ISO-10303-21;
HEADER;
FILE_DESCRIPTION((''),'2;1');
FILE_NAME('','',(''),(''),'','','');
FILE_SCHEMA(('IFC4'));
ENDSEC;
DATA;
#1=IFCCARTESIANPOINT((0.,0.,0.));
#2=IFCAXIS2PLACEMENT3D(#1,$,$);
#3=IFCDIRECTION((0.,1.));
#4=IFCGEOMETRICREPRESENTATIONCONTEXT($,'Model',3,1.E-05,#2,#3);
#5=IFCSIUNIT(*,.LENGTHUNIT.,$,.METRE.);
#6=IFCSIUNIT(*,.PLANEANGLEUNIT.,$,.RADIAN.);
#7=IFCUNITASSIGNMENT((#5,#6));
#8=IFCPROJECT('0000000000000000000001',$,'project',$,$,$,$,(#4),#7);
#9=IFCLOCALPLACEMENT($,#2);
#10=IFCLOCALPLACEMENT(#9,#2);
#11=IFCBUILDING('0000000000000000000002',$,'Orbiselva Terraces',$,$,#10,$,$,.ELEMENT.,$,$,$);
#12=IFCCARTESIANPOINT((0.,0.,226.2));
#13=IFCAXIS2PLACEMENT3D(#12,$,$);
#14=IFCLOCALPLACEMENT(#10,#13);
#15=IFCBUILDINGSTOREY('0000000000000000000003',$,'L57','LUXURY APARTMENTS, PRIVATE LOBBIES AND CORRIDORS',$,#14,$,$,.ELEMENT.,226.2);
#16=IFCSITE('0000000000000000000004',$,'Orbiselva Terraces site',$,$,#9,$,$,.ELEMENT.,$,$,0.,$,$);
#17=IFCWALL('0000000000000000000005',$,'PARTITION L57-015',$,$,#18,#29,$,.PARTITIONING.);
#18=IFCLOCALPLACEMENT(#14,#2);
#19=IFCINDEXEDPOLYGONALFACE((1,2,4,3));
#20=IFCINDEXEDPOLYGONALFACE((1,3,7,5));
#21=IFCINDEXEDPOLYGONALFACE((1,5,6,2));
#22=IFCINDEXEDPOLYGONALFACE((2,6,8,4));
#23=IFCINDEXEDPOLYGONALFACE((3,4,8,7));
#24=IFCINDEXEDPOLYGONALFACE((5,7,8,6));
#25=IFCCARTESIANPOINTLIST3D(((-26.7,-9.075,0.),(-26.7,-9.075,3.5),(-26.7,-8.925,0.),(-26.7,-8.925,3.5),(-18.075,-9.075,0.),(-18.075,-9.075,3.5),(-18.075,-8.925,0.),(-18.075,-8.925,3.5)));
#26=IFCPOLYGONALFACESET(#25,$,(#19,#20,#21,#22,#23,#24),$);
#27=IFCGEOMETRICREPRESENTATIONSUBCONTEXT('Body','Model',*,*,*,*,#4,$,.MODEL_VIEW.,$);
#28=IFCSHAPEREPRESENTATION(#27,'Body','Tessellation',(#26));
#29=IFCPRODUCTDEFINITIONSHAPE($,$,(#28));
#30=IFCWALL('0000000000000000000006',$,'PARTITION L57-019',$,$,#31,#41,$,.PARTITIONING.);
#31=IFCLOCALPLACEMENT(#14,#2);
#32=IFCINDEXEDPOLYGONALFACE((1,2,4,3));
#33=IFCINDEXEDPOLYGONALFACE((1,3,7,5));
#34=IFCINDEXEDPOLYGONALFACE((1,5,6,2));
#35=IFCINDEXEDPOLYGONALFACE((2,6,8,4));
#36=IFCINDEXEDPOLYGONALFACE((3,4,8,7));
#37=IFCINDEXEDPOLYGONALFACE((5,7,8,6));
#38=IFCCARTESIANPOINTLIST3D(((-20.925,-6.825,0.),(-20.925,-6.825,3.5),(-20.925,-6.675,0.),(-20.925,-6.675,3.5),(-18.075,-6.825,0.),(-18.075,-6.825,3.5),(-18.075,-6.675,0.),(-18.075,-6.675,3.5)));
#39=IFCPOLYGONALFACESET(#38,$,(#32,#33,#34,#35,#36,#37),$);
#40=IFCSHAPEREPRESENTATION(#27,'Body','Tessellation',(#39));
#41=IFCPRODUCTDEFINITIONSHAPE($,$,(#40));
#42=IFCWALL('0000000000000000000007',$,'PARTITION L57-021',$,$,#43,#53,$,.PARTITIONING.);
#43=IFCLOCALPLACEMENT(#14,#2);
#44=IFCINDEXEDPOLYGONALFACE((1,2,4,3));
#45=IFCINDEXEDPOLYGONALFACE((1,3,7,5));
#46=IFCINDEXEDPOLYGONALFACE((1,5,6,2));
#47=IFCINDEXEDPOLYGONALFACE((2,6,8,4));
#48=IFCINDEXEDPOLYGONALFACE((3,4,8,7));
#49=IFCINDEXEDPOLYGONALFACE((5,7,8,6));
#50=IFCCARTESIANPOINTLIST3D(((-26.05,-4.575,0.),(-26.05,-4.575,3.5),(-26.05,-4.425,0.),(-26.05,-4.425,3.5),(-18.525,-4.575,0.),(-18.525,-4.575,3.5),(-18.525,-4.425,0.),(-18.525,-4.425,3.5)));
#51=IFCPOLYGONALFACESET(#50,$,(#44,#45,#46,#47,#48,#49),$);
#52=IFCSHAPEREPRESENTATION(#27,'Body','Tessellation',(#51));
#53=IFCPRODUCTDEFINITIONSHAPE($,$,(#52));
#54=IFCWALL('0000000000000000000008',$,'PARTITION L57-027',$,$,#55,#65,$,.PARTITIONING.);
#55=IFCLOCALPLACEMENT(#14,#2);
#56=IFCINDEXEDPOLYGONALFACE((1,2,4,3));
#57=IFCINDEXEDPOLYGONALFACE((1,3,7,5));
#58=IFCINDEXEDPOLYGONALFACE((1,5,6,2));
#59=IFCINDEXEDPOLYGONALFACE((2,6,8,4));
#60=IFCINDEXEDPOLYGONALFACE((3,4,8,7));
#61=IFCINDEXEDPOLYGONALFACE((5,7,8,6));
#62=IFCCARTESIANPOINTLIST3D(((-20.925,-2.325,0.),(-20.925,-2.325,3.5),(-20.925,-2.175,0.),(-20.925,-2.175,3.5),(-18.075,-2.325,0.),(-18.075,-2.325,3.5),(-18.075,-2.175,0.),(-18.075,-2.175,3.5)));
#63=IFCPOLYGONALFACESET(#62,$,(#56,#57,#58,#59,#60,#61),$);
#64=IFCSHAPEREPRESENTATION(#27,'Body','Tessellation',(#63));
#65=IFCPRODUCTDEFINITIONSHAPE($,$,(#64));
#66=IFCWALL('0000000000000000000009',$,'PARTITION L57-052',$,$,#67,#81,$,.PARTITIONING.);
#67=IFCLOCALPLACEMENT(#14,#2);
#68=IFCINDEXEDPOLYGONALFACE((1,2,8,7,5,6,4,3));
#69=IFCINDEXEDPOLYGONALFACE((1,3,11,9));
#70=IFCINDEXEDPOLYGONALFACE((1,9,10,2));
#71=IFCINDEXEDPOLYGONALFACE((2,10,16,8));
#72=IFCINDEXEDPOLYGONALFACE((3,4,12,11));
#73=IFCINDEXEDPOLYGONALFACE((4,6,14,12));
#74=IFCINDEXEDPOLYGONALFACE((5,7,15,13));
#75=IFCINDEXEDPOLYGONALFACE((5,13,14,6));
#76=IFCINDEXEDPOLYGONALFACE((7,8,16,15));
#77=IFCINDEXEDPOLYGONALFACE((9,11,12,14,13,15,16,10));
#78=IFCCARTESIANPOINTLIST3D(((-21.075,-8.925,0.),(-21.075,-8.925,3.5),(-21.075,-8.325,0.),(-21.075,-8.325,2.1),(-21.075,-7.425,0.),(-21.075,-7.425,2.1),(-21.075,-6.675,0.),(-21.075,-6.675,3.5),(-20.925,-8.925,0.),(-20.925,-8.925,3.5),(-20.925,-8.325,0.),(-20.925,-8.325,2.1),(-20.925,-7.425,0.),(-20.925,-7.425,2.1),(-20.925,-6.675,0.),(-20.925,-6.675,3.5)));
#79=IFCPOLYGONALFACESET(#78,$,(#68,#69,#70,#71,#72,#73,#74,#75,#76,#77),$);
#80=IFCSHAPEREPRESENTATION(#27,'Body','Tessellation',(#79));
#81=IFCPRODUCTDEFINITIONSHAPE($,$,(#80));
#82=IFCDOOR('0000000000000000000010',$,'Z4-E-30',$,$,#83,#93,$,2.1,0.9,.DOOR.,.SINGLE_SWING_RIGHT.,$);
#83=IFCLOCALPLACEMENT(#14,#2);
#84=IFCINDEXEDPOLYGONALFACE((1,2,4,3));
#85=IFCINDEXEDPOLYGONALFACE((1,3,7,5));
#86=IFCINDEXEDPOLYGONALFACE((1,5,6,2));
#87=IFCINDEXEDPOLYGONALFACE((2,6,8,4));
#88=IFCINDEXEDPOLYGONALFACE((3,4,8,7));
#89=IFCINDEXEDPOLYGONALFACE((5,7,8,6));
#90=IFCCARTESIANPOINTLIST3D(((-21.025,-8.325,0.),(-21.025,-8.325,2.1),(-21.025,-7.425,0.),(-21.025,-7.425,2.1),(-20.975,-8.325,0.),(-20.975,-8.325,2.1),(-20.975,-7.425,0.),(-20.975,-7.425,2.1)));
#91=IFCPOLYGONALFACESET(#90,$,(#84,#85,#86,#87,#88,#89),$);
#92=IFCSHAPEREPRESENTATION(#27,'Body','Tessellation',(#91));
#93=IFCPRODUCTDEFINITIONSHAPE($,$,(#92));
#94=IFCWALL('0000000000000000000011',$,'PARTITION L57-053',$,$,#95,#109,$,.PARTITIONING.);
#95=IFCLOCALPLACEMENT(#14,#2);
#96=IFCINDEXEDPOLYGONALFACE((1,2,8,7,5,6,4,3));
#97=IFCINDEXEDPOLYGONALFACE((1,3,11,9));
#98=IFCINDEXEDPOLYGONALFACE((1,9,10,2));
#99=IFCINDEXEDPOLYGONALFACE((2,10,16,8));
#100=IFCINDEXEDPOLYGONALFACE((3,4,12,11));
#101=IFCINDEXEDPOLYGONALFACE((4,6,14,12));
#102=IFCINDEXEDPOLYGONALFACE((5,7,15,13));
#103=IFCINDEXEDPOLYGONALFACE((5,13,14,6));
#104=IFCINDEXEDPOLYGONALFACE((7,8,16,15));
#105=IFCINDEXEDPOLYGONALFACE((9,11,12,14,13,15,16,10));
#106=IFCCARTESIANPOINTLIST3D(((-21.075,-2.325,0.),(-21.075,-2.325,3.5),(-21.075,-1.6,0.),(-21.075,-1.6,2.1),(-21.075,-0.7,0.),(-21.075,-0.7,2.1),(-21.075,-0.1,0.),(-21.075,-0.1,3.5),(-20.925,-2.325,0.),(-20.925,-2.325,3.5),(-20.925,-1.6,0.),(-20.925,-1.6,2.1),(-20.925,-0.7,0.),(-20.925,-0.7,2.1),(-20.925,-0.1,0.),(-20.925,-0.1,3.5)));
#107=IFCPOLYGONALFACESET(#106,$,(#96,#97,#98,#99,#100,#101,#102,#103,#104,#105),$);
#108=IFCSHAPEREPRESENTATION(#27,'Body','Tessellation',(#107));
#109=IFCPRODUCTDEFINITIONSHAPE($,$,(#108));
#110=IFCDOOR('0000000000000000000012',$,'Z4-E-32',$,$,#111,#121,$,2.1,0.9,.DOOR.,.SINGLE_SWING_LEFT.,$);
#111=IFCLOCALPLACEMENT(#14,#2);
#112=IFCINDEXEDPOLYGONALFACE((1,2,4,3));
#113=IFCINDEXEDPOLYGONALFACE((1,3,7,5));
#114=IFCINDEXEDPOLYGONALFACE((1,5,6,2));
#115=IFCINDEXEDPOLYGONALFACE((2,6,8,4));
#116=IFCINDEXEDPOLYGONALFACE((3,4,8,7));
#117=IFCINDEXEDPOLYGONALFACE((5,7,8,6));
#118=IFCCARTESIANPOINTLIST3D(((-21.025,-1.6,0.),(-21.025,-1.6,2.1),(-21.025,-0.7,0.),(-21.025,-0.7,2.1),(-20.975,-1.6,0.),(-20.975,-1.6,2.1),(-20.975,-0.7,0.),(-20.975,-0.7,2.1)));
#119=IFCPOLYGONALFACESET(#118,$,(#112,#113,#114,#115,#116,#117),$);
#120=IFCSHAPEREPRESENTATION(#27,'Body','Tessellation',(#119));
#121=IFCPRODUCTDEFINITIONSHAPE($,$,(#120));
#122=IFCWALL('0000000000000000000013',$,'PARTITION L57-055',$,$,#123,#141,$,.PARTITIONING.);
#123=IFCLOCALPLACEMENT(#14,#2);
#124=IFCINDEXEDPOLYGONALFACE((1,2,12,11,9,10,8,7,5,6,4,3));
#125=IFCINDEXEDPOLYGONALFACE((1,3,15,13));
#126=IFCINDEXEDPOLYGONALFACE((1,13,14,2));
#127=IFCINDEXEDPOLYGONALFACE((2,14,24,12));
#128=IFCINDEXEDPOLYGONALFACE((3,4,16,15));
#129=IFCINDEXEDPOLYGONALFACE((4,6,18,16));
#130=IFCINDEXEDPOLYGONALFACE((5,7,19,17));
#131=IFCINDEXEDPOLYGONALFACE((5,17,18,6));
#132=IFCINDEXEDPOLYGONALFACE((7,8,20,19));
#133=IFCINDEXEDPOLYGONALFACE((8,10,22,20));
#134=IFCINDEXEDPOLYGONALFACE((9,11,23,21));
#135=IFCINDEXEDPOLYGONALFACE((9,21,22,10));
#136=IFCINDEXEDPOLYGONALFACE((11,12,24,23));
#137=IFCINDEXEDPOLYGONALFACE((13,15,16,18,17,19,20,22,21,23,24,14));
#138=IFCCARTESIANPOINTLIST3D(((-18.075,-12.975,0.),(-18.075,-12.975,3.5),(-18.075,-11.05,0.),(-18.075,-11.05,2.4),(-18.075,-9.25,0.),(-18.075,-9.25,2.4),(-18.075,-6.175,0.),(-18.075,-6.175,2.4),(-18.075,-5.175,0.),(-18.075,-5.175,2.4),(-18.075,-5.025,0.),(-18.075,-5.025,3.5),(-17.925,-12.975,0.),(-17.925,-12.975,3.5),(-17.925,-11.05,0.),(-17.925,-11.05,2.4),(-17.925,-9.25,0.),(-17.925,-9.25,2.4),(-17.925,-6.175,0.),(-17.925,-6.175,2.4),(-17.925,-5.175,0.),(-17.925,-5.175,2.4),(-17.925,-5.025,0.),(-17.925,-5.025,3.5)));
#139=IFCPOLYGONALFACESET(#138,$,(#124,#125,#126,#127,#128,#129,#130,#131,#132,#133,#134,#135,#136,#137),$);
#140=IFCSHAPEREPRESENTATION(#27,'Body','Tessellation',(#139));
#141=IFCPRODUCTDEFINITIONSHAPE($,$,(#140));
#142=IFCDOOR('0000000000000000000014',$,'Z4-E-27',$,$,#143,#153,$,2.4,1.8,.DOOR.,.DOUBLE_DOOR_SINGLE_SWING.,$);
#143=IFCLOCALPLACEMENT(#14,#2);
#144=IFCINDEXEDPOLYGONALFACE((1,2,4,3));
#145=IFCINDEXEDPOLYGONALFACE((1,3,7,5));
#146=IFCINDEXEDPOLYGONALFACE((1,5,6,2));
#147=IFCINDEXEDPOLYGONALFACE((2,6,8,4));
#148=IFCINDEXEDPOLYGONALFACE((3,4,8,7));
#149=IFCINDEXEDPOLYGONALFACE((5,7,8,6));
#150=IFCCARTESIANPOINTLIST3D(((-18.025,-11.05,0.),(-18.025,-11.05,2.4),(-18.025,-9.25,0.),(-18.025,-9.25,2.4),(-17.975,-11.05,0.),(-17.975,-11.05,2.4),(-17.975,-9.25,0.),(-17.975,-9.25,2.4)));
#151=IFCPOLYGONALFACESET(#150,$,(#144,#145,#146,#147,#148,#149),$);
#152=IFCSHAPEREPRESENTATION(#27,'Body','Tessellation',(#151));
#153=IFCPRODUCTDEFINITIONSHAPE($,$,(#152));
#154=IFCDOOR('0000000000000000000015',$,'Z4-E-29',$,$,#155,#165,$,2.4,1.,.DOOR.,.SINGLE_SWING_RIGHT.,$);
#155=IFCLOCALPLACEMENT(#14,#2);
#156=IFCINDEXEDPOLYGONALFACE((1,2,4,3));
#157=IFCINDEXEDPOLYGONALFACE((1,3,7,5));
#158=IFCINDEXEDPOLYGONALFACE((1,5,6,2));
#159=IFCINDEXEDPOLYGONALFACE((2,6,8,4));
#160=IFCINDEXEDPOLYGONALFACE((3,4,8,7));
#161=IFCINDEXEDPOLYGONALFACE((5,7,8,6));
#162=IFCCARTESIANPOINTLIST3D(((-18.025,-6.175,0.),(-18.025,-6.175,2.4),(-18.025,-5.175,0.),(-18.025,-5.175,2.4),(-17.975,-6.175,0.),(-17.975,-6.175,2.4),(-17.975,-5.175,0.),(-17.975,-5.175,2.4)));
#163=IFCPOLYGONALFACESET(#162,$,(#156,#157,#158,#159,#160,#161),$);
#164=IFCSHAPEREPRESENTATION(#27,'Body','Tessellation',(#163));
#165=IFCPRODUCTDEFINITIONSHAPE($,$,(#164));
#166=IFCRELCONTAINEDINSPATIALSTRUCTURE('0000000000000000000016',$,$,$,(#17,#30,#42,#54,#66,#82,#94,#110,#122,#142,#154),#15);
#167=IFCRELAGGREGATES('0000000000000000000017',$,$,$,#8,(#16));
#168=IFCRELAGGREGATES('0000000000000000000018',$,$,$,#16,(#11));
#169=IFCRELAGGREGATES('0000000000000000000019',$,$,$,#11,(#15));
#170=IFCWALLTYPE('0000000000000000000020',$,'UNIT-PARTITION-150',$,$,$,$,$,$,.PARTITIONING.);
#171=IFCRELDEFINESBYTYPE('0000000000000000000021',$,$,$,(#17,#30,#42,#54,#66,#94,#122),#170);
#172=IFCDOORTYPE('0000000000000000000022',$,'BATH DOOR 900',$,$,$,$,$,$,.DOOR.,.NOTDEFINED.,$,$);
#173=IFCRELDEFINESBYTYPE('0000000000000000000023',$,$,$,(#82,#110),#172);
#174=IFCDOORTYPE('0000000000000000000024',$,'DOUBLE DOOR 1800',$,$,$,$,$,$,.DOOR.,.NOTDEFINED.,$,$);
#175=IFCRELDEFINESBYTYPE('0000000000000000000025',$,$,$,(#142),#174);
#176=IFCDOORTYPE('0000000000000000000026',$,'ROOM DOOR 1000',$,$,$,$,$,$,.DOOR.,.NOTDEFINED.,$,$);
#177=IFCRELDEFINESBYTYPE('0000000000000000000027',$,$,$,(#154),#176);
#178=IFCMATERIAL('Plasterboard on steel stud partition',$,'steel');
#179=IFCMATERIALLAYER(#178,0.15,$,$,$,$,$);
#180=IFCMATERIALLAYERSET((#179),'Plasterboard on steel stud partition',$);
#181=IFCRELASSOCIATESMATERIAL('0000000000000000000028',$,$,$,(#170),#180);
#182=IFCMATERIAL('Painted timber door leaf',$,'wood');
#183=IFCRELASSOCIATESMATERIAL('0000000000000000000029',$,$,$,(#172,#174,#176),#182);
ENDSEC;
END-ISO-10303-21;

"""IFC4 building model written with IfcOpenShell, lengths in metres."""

from ifc_helpers import new_model, si_unit, direction, frame, frame_2d, origin, place, context, subcontext, project, spatial, rectangle, extrude, material, layer, layer_set, type_object, element, fill, save


model = new_model("IFC4")

# Units and contexts
model_context = context("Model", 3, precision=1e-05, world=origin(), true_north=direction((0.0, 1.0)))
body_context = subcontext(model_context, "Body", "Model", "MODEL_VIEW")
ifc_project = project(units=[si_unit("LENGTHUNIT", "METRE"), si_unit("PLANEANGLEUNIT", "RADIAN")], contexts=[model_context])

# Site, building, storey
site_placement = place(None, origin())
site = spatial("IfcSite", under=ifc_project, at=site_placement, Name="Orbiselva Terraces site", CompositionType="ELEMENT", RefElevation=0.0)
building_placement = place(site_placement, origin())
building = spatial("IfcBuilding", under=site, at=building_placement, Name="Orbiselva Terraces", CompositionType="ELEMENT")
storey_placement = place(building_placement, frame((0.0, 0.0, 226.2)))
storey = spatial("IfcBuildingStorey", under=building, at=storey_placement, Name="L57", Description="LUXURY APARTMENTS, PRIVATE LOBBIES AND CORRIDORS", CompositionType="ELEMENT", Elevation=226.2)

# Walls
ifc_material_1 = material(Name="Plasterboard on steel stud partition", Category="steel")
ifc_layer_1 = layer(ifc_material_1, 0.15)
ifc_layer_set_1 = layer_set([ifc_layer_1], Name="Plasterboard on steel stud partition")
wall_type_1 = type_object("IfcWallType", Name="UNIT-PARTITION-150", PredefinedType="PARTITIONING", material=ifc_layer_set_1)
wall_1_placement = place(storey_placement, frame((-26.7, -9.0, 0.0), z_axis=(0.0, 0.0, 1.0), x_axis=(1.0, 0.0, 0.0)))
element("IfcWall", 1, at=wall_1_placement, inside=storey, type_object=wall_type_1, Name="PARTITION L57-015", PredefinedType="PARTITIONING", context=body_context, shape_type="SweptSolid", body=[
    extrude(rectangle(XDim=8.625, YDim=0.15, at=frame_2d((4.3125, 0.0))), origin(), (0.0, 0.0, 1.0), 3.5),
])
wall_2_placement = place(storey_placement, frame((-20.925, -6.75, 0.0), z_axis=(0.0, 0.0, 1.0), x_axis=(1.0, 0.0, 0.0)))
element("IfcWall", 2, at=wall_2_placement, inside=storey, type_object=wall_type_1, Name="PARTITION L57-019", PredefinedType="PARTITIONING", context=body_context, shape_type="SweptSolid", body=[
    extrude(rectangle(XDim=2.85, YDim=0.15, at=frame_2d((1.425, 0.0))), origin(), (0.0, 0.0, 1.0), 3.5),
])
wall_3_placement = place(storey_placement, frame((-26.05, -4.5, 0.0), z_axis=(0.0, 0.0, 1.0), x_axis=(1.0, 0.0, 0.0)))
element("IfcWall", 3, at=wall_3_placement, inside=storey, type_object=wall_type_1, Name="PARTITION L57-021", PredefinedType="PARTITIONING", context=body_context, shape_type="SweptSolid", body=[
    extrude(rectangle(XDim=7.525, YDim=0.15, at=frame_2d((3.7625, 0.0))), origin(), (0.0, 0.0, 1.0), 3.5),
])
wall_4_placement = place(storey_placement, frame((-20.925, -2.25, 0.0), z_axis=(0.0, 0.0, 1.0), x_axis=(1.0, 0.0, 0.0)))
element("IfcWall", 4, at=wall_4_placement, inside=storey, type_object=wall_type_1, Name="PARTITION L57-027", PredefinedType="PARTITIONING", context=body_context, shape_type="SweptSolid", body=[
    extrude(rectangle(XDim=2.85, YDim=0.15, at=frame_2d((1.425, 0.0))), origin(), (0.0, 0.0, 1.0), 3.5),
])

# Walls, openings, doors
wall_5_placement = place(storey_placement, frame((-21.0, -6.675, 0.0), z_axis=(0.0, 0.0, 1.0), x_axis=(0.0, -1.0, 0.0)))
wall_5 = element("IfcWall", 5, at=wall_5_placement, inside=storey, type_object=wall_type_1, Name="PARTITION L57-052", PredefinedType="PARTITIONING", context=body_context, shape_type="SweptSolid", body=[
    extrude(rectangle(XDim=2.25, YDim=0.15, at=frame_2d((1.125, 0.0))), origin(), (0.0, 0.0, 1.0), 3.5),
])
opening_1_placement = place(wall_5_placement, frame((0.75, 0.0, 0.0)))
opening_1 = element("IfcOpeningElement", 6, at=opening_1_placement, cuts=wall_5, PredefinedType="OPENING", context=body_context, shape_type="SweptSolid", body=[
    extrude(rectangle(XDim=0.9, YDim=2.1, at=frame_2d((0.45, 1.05))), frame((0.0, 0.085, 0.0), z_axis=(0.0, -1.0, 0.0), x_axis=(1.0, 0.0, 0.0)), (0.0, 0.0, 1.0), 0.17),
])
ifc_material_2 = material(Name="Painted timber door leaf", Category="wood")
door_type_1 = type_object("IfcDoorType", Name="BATH DOOR 900", OperationType="NOTDEFINED", PredefinedType="DOOR", material=ifc_material_2)
door_1_placement = place(opening_1_placement, origin())
door_1 = element("IfcDoor", 7, at=door_1_placement, inside=storey, type_object=door_type_1, Name="Z4-E-30", OperationType="SINGLE_SWING_RIGHT", OverallHeight=2.1, OverallWidth=0.9, PredefinedType="DOOR", context=body_context, shape_type="SweptSolid", body=[
    extrude(rectangle(XDim=0.9, YDim=2.1, at=frame_2d((0.45, 1.05))), frame((0.0, 0.025, 0.0), z_axis=(0.0, -1.0, 0.0), x_axis=(1.0, 0.0, 0.0)), (0.0, 0.0, 1.0), 0.05),
])
fill(opening_1, door_1)
wall_6_placement = place(storey_placement, frame((-21.0, -0.1, 0.0), z_axis=(0.0, 0.0, 1.0), x_axis=(0.0, -1.0, 0.0)))
wall_6 = element("IfcWall", 8, at=wall_6_placement, inside=storey, type_object=wall_type_1, Name="PARTITION L57-053", PredefinedType="PARTITIONING", context=body_context, shape_type="SweptSolid", body=[
    extrude(rectangle(XDim=2.225, YDim=0.15, at=frame_2d((1.1125, 0.0))), origin(), (0.0, 0.0, 1.0), 3.5),
])
opening_2_placement = place(wall_6_placement, frame((0.6, 0.0, 0.0)))
opening_2 = element("IfcOpeningElement", 9, at=opening_2_placement, cuts=wall_6, PredefinedType="OPENING", context=body_context, shape_type="SweptSolid", body=[
    extrude(rectangle(XDim=0.9, YDim=2.1, at=frame_2d((0.45, 1.05))), frame((0.0, 0.085, 0.0), z_axis=(0.0, -1.0, 0.0), x_axis=(1.0, 0.0, 0.0)), (0.0, 0.0, 1.0), 0.17),
])
door_2_placement = place(opening_2_placement, origin())
door_2 = element("IfcDoor", 10, at=door_2_placement, inside=storey, type_object=door_type_1, Name="Z4-E-32", OperationType="SINGLE_SWING_LEFT", OverallHeight=2.1, OverallWidth=0.9, PredefinedType="DOOR", context=body_context, shape_type="SweptSolid", body=[
    extrude(rectangle(XDim=0.9, YDim=2.1, at=frame_2d((0.45, 1.05))), frame((0.0, 0.025, 0.0), z_axis=(0.0, -1.0, 0.0), x_axis=(1.0, 0.0, 0.0)), (0.0, 0.0, 1.0), 0.05),
])
fill(opening_2, door_2)

# Wall, openings, doors
wall_7_placement = place(storey_placement, frame((-18.0, -12.975, 0.0), z_axis=(0.0, 0.0, 1.0), x_axis=(0.0, 1.0, 0.0)))
wall_7 = element("IfcWall", 11, at=wall_7_placement, inside=storey, type_object=wall_type_1, Name="PARTITION L57-055", PredefinedType="PARTITIONING", context=body_context, shape_type="SweptSolid", body=[
    extrude(rectangle(XDim=7.95, YDim=0.15, at=frame_2d((3.975, 0.0))), origin(), (0.0, 0.0, 1.0), 3.5),
])
opening_3_placement = place(wall_7_placement, frame((1.925, 0.0, 0.0)))
opening_3 = element("IfcOpeningElement", 12, at=opening_3_placement, cuts=wall_7, PredefinedType="OPENING", context=body_context, shape_type="SweptSolid", body=[
    extrude(rectangle(XDim=1.8, YDim=2.4, at=frame_2d((0.9, 1.2))), frame((0.0, 0.085, 0.0), z_axis=(0.0, -1.0, 0.0), x_axis=(1.0, 0.0, 0.0)), (0.0, 0.0, 1.0), 0.17),
])
opening_4_placement = place(wall_7_placement, frame((6.8, 0.0, 0.0)))
opening_4 = element("IfcOpeningElement", 13, at=opening_4_placement, cuts=wall_7, PredefinedType="OPENING", context=body_context, shape_type="SweptSolid", body=[
    extrude(rectangle(XDim=1.0, YDim=2.4, at=frame_2d((0.5, 1.2))), frame((0.0, 0.085, 0.0), z_axis=(0.0, -1.0, 0.0), x_axis=(1.0, 0.0, 0.0)), (0.0, 0.0, 1.0), 0.17),
])
door_type_2 = type_object("IfcDoorType", Name="DOUBLE DOOR 1800", OperationType="NOTDEFINED", PredefinedType="DOOR", material=ifc_material_2)
door_3_placement = place(opening_3_placement, origin())
door_3 = element("IfcDoor", 14, at=door_3_placement, inside=storey, type_object=door_type_2, Name="Z4-E-27", OperationType="DOUBLE_DOOR_SINGLE_SWING", OverallHeight=2.4, OverallWidth=1.8, PredefinedType="DOOR", context=body_context, shape_type="SweptSolid", body=[
    extrude(rectangle(XDim=1.8, YDim=2.4, at=frame_2d((0.9, 1.2))), frame((0.0, 0.025, 0.0), z_axis=(0.0, -1.0, 0.0), x_axis=(1.0, 0.0, 0.0)), (0.0, 0.0, 1.0), 0.05),
])
fill(opening_3, door_3)
door_type_3 = type_object("IfcDoorType", Name="ROOM DOOR 1000", OperationType="NOTDEFINED", PredefinedType="DOOR", material=ifc_material_2)
door_4_placement = place(opening_4_placement, origin())
door_4 = element("IfcDoor", 15, at=door_4_placement, inside=storey, type_object=door_type_3, Name="Z4-E-29", OperationType="SINGLE_SWING_RIGHT", OverallHeight=2.4, OverallWidth=1.0, PredefinedType="DOOR", context=body_context, shape_type="SweptSolid", body=[
    extrude(rectangle(XDim=1.0, YDim=2.4, at=frame_2d((0.5, 1.2))), frame((0.0, 0.025, 0.0), z_axis=(0.0, -1.0, 0.0), x_axis=(1.0, 0.0, 0.0)), (0.0, 0.0, 1.0), 0.05),
])
fill(opening_4, door_4)

save(model, "model.ifc")
